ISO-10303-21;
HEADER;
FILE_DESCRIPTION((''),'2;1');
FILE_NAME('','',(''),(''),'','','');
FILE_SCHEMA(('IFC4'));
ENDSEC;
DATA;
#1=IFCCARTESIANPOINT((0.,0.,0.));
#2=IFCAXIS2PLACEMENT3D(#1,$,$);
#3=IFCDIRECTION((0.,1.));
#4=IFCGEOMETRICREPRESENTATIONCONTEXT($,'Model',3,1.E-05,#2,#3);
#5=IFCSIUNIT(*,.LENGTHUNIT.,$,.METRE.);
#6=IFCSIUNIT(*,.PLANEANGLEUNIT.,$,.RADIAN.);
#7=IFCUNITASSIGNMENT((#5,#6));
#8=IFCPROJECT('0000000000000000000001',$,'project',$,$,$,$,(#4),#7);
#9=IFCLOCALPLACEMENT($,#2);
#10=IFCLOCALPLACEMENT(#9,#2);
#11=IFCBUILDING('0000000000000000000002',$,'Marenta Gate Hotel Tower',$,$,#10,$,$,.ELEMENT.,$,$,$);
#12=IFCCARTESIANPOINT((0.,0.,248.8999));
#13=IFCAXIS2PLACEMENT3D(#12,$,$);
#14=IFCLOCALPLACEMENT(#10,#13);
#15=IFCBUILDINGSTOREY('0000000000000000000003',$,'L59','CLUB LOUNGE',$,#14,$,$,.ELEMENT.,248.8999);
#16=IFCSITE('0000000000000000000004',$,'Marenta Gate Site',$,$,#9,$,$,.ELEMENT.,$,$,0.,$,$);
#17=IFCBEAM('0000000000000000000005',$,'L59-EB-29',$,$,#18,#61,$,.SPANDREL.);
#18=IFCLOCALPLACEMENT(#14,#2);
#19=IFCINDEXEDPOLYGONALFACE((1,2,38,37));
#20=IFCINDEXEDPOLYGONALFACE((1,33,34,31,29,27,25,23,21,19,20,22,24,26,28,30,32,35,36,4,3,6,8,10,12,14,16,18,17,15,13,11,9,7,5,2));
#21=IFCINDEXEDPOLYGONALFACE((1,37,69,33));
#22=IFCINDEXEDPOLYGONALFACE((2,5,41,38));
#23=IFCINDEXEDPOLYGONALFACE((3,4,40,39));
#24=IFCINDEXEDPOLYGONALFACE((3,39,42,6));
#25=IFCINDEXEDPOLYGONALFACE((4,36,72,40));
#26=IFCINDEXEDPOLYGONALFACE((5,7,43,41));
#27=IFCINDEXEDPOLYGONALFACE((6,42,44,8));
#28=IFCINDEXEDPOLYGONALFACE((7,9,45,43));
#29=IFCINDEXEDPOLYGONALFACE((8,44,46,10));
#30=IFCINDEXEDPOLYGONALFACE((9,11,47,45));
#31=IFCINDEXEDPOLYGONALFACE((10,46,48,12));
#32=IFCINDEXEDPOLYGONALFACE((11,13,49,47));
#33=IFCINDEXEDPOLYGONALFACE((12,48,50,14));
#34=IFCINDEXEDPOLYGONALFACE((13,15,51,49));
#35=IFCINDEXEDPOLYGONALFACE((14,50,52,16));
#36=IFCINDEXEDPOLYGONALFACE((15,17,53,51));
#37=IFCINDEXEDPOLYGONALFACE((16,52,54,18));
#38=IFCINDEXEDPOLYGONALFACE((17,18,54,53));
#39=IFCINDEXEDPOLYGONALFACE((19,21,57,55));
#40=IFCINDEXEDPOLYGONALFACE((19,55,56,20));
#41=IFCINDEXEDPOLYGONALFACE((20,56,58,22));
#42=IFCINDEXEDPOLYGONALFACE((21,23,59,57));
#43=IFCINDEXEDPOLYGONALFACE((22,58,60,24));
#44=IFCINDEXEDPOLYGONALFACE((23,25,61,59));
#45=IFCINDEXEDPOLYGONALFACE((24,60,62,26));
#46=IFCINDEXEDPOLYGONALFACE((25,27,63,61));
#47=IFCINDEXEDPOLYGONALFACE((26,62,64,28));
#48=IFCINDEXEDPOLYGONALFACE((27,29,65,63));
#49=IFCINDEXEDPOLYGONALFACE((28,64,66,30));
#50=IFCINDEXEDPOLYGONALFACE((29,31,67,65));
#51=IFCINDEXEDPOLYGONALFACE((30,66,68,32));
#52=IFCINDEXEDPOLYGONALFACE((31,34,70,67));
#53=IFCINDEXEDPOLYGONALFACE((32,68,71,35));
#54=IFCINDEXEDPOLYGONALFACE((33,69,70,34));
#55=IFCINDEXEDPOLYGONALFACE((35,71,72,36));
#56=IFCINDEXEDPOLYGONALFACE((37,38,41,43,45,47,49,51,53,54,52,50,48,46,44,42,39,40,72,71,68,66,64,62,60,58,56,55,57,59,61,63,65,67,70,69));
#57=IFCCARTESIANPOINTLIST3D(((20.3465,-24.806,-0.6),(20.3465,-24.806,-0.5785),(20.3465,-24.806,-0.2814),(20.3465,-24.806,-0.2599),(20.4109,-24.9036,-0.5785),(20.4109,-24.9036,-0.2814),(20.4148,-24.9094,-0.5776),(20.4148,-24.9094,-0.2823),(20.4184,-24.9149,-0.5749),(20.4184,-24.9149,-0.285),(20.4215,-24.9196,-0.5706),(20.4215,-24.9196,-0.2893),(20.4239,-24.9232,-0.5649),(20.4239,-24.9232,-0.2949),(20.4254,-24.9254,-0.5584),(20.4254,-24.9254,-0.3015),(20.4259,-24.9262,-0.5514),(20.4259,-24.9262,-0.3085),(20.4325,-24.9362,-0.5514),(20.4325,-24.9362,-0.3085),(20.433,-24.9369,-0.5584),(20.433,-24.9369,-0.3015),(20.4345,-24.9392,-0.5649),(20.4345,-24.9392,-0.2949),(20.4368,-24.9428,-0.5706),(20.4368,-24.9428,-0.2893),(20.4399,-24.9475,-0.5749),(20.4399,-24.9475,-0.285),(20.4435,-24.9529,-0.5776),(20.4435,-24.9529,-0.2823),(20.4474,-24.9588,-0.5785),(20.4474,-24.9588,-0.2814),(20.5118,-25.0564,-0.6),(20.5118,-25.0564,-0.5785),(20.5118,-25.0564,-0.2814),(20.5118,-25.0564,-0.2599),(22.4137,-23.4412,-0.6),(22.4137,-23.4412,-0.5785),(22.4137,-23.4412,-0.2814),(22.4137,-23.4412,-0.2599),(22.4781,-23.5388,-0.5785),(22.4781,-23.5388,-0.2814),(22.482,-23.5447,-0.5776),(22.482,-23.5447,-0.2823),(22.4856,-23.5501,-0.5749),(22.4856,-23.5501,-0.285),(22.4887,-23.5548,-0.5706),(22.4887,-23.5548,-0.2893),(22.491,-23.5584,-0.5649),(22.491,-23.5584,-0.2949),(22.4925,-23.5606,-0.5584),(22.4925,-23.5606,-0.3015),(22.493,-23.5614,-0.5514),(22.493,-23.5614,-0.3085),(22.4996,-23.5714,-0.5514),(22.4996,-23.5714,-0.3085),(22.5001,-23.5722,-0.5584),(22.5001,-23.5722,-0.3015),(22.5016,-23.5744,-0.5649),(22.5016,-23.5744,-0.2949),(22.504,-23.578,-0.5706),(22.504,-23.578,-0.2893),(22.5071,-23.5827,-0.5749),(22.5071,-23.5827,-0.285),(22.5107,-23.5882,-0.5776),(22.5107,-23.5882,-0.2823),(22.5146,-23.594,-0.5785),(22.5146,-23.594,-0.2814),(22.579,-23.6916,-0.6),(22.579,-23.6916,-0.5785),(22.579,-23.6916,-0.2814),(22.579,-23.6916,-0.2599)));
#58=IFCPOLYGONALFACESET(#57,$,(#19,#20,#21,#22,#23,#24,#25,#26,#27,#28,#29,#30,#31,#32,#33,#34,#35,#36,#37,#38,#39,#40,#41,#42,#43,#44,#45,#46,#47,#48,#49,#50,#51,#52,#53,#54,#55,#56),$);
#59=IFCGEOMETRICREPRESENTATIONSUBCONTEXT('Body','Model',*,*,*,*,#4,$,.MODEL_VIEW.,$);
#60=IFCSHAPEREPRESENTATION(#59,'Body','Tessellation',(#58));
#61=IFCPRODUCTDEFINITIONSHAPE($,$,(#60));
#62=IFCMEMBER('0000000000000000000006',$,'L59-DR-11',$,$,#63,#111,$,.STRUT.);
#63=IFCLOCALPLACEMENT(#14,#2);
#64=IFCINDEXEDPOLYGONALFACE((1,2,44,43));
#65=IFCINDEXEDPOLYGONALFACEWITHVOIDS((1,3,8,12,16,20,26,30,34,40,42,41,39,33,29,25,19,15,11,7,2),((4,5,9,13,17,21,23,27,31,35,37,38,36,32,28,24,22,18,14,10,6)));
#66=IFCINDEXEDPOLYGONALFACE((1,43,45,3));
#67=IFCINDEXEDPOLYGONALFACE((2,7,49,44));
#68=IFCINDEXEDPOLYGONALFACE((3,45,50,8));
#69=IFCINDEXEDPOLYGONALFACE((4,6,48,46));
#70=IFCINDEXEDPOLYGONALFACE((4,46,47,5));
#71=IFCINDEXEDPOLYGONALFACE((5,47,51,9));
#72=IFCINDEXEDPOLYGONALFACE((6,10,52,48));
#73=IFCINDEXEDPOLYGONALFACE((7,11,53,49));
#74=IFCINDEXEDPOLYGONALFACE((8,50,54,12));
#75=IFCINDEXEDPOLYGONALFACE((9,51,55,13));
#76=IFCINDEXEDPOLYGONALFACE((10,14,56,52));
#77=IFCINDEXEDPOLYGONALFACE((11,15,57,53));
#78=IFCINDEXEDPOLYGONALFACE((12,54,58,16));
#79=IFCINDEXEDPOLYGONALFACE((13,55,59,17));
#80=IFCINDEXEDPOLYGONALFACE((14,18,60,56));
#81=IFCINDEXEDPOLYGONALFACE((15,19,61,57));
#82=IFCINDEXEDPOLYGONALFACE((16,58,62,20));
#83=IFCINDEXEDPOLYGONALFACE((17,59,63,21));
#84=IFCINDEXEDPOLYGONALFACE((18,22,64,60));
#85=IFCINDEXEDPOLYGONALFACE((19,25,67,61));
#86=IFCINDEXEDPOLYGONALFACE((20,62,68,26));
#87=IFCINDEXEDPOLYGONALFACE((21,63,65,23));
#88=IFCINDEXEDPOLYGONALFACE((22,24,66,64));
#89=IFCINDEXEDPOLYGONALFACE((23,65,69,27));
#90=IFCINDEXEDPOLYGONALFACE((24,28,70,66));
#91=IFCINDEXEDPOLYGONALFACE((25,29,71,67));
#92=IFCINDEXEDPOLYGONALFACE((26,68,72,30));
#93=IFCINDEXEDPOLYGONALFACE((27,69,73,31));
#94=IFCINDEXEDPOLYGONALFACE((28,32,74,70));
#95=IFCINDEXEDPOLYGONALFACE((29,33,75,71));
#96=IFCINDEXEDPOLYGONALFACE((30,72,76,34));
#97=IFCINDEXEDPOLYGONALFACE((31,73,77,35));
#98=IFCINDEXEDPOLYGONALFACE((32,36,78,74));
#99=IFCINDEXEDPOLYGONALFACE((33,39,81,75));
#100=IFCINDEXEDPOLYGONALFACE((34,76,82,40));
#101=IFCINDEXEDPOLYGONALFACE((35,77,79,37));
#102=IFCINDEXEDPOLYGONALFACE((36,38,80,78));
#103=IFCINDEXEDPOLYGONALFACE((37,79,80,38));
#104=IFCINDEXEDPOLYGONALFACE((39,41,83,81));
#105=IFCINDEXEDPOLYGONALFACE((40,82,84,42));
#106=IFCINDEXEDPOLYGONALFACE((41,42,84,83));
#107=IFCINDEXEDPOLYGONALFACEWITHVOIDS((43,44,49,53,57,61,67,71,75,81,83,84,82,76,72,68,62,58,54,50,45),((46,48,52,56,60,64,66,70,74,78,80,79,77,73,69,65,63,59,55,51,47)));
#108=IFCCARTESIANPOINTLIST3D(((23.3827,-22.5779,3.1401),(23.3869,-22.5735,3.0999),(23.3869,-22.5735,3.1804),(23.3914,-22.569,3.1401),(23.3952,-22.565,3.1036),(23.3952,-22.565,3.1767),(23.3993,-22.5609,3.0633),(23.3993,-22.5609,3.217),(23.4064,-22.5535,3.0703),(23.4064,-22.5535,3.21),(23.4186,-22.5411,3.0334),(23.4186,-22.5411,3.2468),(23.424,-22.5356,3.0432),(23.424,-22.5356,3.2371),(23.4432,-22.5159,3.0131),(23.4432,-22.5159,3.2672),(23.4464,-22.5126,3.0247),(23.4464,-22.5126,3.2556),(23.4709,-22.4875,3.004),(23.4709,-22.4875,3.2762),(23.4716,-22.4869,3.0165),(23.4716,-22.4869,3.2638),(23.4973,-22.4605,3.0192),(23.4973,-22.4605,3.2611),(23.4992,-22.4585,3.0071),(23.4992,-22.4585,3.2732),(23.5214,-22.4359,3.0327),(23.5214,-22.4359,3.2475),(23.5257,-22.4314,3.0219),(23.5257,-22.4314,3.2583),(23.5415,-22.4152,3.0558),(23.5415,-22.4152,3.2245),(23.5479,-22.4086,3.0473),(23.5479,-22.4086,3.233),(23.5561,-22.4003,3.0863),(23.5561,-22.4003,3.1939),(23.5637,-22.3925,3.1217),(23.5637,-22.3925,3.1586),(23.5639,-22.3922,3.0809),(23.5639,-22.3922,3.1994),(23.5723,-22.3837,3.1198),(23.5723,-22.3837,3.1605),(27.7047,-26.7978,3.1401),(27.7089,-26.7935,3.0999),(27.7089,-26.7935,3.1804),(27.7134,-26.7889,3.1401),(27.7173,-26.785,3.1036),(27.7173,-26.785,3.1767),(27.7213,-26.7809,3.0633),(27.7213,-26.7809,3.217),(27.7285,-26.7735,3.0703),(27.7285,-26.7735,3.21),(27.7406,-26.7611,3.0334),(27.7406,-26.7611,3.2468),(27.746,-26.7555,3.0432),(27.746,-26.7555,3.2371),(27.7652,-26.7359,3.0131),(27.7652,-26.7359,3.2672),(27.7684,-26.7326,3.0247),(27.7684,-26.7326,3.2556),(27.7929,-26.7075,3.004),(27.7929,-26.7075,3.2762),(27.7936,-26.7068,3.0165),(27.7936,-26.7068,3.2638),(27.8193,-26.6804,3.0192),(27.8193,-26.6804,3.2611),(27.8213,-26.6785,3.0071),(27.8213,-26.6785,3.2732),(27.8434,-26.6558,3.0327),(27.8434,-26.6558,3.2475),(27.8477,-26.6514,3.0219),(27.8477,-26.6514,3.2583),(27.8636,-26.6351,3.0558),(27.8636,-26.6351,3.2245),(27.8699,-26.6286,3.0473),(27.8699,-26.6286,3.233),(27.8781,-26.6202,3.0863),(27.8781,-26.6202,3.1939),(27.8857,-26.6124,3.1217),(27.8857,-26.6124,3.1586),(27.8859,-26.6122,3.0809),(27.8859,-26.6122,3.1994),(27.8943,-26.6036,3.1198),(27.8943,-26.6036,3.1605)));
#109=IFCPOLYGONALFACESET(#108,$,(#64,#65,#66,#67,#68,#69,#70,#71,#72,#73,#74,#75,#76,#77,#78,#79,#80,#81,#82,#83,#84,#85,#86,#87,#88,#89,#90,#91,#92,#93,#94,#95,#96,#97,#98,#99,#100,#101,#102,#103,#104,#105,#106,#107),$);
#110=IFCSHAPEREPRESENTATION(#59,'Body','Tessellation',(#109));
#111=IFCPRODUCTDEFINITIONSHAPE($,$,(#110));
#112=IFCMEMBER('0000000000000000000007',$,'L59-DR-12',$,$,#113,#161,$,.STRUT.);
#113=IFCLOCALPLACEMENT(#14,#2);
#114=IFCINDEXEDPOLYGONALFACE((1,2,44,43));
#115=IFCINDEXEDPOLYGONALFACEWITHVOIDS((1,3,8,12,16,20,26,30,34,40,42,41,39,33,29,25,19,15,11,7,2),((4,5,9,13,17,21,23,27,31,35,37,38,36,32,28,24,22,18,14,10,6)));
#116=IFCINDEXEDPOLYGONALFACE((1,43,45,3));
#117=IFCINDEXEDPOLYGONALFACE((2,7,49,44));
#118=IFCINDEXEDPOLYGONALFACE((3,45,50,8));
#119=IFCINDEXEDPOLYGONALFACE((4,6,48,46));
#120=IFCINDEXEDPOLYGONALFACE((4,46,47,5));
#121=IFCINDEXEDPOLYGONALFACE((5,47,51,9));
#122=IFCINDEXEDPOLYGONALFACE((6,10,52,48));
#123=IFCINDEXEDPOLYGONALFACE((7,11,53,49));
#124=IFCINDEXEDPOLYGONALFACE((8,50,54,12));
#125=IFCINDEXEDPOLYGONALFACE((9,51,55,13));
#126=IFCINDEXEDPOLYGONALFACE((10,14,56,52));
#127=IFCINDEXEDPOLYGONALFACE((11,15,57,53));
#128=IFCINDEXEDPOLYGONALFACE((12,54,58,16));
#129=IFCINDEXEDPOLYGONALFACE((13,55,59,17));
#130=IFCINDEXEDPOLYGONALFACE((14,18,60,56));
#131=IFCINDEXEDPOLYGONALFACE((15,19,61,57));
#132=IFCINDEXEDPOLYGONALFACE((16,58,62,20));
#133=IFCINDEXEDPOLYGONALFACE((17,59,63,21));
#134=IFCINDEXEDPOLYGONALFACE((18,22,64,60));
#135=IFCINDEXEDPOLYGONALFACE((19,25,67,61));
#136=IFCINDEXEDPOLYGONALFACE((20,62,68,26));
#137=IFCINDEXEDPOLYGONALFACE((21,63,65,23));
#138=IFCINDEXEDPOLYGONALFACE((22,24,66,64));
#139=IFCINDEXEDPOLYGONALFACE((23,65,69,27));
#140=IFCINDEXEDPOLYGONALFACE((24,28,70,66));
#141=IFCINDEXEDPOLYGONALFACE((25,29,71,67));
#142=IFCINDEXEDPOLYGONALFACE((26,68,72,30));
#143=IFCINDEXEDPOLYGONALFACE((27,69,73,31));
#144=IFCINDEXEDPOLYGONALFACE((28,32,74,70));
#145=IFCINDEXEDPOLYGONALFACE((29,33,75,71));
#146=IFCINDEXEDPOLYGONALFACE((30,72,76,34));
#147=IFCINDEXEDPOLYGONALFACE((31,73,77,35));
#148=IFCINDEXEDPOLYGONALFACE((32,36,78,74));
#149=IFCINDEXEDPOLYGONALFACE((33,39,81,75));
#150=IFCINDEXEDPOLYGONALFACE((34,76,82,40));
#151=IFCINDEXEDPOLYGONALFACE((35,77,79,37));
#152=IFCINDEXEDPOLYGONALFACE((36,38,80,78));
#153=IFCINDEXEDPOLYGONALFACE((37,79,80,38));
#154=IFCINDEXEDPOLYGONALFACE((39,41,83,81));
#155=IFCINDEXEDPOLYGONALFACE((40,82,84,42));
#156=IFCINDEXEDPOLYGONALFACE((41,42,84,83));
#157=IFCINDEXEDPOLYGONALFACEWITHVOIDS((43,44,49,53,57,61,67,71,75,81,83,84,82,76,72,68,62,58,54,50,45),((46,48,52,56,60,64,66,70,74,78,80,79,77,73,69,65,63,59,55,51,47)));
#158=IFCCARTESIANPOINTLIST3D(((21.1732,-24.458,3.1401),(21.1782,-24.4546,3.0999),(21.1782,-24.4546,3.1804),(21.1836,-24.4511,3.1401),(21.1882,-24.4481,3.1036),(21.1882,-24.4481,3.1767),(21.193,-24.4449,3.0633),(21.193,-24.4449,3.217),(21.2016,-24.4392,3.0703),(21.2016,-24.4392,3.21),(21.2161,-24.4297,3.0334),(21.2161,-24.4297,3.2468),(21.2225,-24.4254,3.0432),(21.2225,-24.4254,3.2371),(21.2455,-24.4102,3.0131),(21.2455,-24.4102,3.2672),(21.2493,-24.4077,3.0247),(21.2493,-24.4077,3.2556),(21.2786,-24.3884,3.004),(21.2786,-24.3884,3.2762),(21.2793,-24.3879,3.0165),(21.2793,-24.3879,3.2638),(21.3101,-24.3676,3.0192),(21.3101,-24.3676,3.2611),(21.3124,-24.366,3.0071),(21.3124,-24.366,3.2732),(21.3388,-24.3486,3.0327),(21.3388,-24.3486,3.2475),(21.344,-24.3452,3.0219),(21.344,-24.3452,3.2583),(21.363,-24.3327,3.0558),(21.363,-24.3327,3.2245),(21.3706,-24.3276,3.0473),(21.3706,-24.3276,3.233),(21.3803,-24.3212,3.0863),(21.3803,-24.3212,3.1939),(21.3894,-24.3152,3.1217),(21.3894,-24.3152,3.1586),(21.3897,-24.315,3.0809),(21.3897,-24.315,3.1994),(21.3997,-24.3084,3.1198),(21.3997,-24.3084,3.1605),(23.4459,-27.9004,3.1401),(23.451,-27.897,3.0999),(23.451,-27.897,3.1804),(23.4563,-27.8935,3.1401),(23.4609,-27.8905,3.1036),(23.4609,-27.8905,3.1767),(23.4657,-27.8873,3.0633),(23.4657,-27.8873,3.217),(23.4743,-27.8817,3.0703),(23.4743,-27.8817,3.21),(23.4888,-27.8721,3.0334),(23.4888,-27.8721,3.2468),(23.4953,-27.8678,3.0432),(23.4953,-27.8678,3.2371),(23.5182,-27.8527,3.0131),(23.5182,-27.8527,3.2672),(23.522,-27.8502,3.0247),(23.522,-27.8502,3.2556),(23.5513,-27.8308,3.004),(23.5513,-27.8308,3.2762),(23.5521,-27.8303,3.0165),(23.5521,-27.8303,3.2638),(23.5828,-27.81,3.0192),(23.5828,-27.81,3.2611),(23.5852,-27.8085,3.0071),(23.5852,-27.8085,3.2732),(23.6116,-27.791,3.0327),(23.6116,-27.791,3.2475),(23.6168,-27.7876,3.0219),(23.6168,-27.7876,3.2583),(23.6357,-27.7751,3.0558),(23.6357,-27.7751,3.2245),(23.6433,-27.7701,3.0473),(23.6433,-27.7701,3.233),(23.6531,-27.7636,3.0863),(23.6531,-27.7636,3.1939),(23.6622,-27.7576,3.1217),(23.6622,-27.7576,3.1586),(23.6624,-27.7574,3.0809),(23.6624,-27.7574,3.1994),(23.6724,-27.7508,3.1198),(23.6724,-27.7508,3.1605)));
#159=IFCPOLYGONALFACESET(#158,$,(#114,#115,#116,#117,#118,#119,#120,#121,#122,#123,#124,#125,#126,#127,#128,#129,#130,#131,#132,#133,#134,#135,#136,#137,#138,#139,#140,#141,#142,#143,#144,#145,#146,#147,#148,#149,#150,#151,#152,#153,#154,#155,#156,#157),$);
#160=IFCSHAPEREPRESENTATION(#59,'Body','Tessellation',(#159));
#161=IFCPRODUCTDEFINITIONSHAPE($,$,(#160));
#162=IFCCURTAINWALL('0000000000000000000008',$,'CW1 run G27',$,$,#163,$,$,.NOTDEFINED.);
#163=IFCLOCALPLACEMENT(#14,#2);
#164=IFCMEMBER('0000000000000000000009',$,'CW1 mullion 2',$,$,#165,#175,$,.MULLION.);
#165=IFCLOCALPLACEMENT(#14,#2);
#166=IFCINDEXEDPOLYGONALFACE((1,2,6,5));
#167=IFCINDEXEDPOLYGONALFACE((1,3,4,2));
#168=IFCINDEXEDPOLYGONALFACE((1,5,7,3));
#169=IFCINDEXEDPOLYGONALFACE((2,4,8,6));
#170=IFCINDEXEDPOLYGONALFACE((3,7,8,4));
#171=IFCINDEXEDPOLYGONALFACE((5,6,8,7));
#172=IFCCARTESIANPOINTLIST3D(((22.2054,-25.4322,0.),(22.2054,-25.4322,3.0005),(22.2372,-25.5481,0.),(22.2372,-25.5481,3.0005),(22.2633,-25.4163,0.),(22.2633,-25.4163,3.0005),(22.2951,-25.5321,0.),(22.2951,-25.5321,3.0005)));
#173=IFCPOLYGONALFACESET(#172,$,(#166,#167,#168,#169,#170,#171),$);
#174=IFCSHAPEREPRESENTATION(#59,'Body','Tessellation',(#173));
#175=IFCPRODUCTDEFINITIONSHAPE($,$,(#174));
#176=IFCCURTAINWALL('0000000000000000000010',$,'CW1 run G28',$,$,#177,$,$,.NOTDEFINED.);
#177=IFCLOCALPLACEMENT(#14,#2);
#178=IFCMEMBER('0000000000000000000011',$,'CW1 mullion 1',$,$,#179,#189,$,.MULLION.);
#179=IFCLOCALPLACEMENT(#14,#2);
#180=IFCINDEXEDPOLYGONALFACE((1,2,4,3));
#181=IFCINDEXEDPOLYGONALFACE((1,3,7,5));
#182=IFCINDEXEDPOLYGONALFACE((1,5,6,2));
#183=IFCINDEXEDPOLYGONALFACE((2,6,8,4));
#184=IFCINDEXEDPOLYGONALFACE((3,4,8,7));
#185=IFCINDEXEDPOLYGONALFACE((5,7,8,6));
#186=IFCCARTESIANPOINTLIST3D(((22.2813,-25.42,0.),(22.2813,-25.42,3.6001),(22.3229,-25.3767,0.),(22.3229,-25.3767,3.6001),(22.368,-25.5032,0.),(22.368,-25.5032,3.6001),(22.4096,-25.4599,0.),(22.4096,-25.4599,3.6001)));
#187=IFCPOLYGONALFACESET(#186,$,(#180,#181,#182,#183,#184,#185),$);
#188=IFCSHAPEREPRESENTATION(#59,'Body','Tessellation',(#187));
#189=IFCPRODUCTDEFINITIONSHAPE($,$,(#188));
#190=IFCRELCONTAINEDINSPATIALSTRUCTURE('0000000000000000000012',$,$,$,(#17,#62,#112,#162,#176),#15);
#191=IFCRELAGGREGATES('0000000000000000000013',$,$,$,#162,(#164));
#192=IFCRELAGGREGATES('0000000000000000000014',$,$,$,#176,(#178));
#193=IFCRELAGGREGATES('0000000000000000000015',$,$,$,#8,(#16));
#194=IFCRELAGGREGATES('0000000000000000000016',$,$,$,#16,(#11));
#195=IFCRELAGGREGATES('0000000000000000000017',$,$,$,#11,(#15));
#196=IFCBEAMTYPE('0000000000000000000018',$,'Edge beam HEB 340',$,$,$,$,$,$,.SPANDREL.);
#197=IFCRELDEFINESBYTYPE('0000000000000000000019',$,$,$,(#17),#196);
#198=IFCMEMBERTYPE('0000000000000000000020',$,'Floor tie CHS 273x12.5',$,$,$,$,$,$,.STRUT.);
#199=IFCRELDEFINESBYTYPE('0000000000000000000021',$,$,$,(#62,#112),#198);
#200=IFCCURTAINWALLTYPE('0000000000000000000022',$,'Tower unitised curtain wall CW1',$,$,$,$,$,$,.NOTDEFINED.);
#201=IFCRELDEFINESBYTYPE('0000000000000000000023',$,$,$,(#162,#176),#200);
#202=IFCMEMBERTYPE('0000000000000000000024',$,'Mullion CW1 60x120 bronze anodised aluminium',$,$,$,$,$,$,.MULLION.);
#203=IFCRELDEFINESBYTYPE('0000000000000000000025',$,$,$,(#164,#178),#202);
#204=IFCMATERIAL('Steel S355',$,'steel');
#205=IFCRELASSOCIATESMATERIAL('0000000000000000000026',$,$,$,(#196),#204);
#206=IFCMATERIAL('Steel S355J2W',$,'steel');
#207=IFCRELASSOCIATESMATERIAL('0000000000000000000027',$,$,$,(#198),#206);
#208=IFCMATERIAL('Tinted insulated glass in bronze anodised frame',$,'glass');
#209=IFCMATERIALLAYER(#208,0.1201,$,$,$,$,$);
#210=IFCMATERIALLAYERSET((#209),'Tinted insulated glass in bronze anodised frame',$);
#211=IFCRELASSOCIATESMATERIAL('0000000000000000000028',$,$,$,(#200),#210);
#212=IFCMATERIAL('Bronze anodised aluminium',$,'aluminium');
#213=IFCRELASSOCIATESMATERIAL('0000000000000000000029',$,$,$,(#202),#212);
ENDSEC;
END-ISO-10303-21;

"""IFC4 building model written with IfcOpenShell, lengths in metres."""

from ifc_helpers import new_model, si_unit, direction, frame, origin, origin_2d, place, context, subcontext, project, spatial, rectangle, hollow_circle, i_section, extrude, material, layer, layer_set, material_profile, profile_set, type_object, element, aggregate, save


model = new_model("IFC4")

# Units and contexts
model_context = context("Model", 3, precision=1e-05, world=origin(), true_north=direction((0.0, 1.0)))
body_context = subcontext(model_context, "Body", "Model", "MODEL_VIEW")
ifc_project = project(units=[si_unit("LENGTHUNIT", "METRE"), si_unit("PLANEANGLEUNIT", "RADIAN")], contexts=[model_context])

# Site, building, storey
site_placement = place(None, origin())
site = spatial("IfcSite", under=ifc_project, at=site_placement, Name="Marenta Gate Site", CompositionType="ELEMENT", RefElevation=0.0)
building_placement = place(site_placement, origin())
building = spatial("IfcBuilding", under=site, at=building_placement, Name="Marenta Gate Hotel Tower", CompositionType="ELEMENT")
storey_placement = place(building_placement, frame((0.0, 0.0, 248.8999)))
storey = spatial("IfcBuildingStorey", under=building, at=storey_placement, Name="L59", Description="CLUB LOUNGE", CompositionType="ELEMENT", Elevation=248.8999)

# Beam
ifc_material_1 = material(Name="Steel S355", Category="steel")
ifc_material_profile_1 = material_profile(ifc_material_1, i_section(OverallWidth=0.3, OverallDepth=0.3401, WebThickness=0.012, FlangeThickness=0.0215, FilletRadius=0.0271, at=origin_2d()), Name="HEB 340")
ifc_profile_set_1 = profile_set([ifc_material_profile_1], Name="Steel S355")
beam_type = type_object("IfcBeamType", Name="Edge beam HEB 340", PredefinedType="SPANDREL", material=ifc_profile_set_1)
beam_placement = place(storey_placement, frame((22.4963, -23.5664, -0.4299), z_axis=(-0.834529, -0.550964, 0.0), x_axis=(0.550964, -0.834529, 0.0)))
element("IfcBeam", 1, at=beam_placement, inside=storey, type_object=beam_type, Name="L59-EB-29", PredefinedType="SPANDREL", context=body_context, shape_type="SweptSolid", body=[
    extrude(i_section(OverallWidth=0.3, OverallDepth=0.3401, WebThickness=0.012, FlangeThickness=0.0215, FilletRadius=0.0271, at=origin_2d()), origin(), (0.0, 0.0, 1.0), 2.4771),
])

# Members
ifc_material_2 = material(Name="Steel S355J2W", Category="steel")
ifc_material_profile_2 = material_profile(ifc_material_2, hollow_circle(Radius=0.1365, WallThickness=0.0125, at=origin_2d()), Name="CHS 273x12.5")
ifc_profile_set_2 = profile_set([ifc_material_profile_2], Name="Steel S355J2W")
member_type_1 = type_object("IfcMemberType", Name="Floor tie CHS 273x12.5", PredefinedType="STRUT", material=ifc_profile_set_2)
member_1_placement = place(storey_placement, frame((27.8, -26.7002, 3.1401), z_axis=(-0.715503, 0.698609, 0.0), x_axis=(-0.698609, -0.715503, 0.0)))
element("IfcMember", 2, at=member_1_placement, inside=storey, type_object=member_type_1, Name="L59-DR-11", PredefinedType="STRUT", context=body_context, shape_type="SweptSolid", body=[
    extrude(hollow_circle(Radius=0.1365, WallThickness=0.0125, at=origin_2d()), origin(), (0.0, 0.0, 1.0), 6.0405),
])
member_2_placement = place(storey_placement, frame((23.5598, -27.8252, 3.1401), z_axis=(-0.550966, 0.834528, 0.0), x_axis=(-0.834528, -0.550966, 0.0)))
element("IfcMember", 3, at=member_2_placement, inside=storey, type_object=member_type_1, Name="L59-DR-12", PredefinedType="STRUT", context=body_context, shape_type="SweptSolid", body=[
    extrude(hollow_circle(Radius=0.1365, WallThickness=0.0125, at=origin_2d()), origin(), (0.0, 0.0, 1.0), 4.125),
])

# Curtain walls, members
ifc_material_3 = material(Name="Tinted insulated glass in bronze anodised frame", Category="glass")
ifc_layer_1 = layer(ifc_material_3, 0.1201)
ifc_layer_set_1 = layer_set([ifc_layer_1], Name="Tinted insulated glass in bronze anodised frame")
curtain_wall_type = type_object("IfcCurtainWallType", Name="Tower unitised curtain wall CW1", PredefinedType="NOTDEFINED", material=ifc_layer_set_1)
curtain_wall_1_placement = place(storey_placement, origin())
curtain_wall_1 = element("IfcCurtainWall", 4, at=curtain_wall_1_placement, inside=storey, type_object=curtain_wall_type, Name="CW1 run G27", PredefinedType="NOTDEFINED")
ifc_material_4 = material(Name="Bronze anodised aluminium", Category="aluminium")
ifc_material_profile_3 = material_profile(ifc_material_4, rectangle(XDim=0.1201, YDim=0.0601, at=origin_2d()), Name="Mullion CW1 60x120 bronze anodised aluminium")
ifc_profile_set_3 = profile_set([ifc_material_profile_3], Name="Bronze anodised aluminium")
member_type_2 = type_object("IfcMemberType", Name="Mullion CW1 60x120 bronze anodised aluminium", PredefinedType="MULLION", material=ifc_profile_set_3)
member_3_placement = place(storey_placement, frame((22.2502, -25.4822, 0.0), z_axis=(0.0, 0.0, 1.0), x_axis=(-0.265283, 0.964171, 0.0)))
member_3 = element("IfcMember", 5, at=member_3_placement, type_object=member_type_2, Name="CW1 mullion 2", PredefinedType="MULLION", context=body_context, shape_type="SweptSolid", body=[
    extrude(rectangle(XDim=0.1201, YDim=0.0601, at=origin_2d()), origin(), (0.0, 0.0, 1.0), 3.0005),
])
curtain_wall_2_placement = place(storey_placement, origin())
curtain_wall_2 = element("IfcCurtainWall", 6, at=curtain_wall_2_placement, inside=storey, type_object=curtain_wall_type, Name="CW1 run G28", PredefinedType="NOTDEFINED")
member_4_placement = place(storey_placement, frame((22.3455, -25.4399, 0.0), z_axis=(0.0, 0.0, 1.0), x_axis=(-0.721375, 0.692545, 0.0)))
member_4 = element("IfcMember", 7, at=member_4_placement, type_object=member_type_2, Name="CW1 mullion 1", PredefinedType="MULLION", context=body_context, shape_type="SweptSolid", body=[
    extrude(rectangle(XDim=0.1201, YDim=0.0601, at=origin_2d()), origin(), (0.0, 0.0, 1.0), 3.6001),
])

aggregate(curtain_wall_1, [member_3])
aggregate(curtain_wall_2, [member_4])

save(model, "model.ifc")
